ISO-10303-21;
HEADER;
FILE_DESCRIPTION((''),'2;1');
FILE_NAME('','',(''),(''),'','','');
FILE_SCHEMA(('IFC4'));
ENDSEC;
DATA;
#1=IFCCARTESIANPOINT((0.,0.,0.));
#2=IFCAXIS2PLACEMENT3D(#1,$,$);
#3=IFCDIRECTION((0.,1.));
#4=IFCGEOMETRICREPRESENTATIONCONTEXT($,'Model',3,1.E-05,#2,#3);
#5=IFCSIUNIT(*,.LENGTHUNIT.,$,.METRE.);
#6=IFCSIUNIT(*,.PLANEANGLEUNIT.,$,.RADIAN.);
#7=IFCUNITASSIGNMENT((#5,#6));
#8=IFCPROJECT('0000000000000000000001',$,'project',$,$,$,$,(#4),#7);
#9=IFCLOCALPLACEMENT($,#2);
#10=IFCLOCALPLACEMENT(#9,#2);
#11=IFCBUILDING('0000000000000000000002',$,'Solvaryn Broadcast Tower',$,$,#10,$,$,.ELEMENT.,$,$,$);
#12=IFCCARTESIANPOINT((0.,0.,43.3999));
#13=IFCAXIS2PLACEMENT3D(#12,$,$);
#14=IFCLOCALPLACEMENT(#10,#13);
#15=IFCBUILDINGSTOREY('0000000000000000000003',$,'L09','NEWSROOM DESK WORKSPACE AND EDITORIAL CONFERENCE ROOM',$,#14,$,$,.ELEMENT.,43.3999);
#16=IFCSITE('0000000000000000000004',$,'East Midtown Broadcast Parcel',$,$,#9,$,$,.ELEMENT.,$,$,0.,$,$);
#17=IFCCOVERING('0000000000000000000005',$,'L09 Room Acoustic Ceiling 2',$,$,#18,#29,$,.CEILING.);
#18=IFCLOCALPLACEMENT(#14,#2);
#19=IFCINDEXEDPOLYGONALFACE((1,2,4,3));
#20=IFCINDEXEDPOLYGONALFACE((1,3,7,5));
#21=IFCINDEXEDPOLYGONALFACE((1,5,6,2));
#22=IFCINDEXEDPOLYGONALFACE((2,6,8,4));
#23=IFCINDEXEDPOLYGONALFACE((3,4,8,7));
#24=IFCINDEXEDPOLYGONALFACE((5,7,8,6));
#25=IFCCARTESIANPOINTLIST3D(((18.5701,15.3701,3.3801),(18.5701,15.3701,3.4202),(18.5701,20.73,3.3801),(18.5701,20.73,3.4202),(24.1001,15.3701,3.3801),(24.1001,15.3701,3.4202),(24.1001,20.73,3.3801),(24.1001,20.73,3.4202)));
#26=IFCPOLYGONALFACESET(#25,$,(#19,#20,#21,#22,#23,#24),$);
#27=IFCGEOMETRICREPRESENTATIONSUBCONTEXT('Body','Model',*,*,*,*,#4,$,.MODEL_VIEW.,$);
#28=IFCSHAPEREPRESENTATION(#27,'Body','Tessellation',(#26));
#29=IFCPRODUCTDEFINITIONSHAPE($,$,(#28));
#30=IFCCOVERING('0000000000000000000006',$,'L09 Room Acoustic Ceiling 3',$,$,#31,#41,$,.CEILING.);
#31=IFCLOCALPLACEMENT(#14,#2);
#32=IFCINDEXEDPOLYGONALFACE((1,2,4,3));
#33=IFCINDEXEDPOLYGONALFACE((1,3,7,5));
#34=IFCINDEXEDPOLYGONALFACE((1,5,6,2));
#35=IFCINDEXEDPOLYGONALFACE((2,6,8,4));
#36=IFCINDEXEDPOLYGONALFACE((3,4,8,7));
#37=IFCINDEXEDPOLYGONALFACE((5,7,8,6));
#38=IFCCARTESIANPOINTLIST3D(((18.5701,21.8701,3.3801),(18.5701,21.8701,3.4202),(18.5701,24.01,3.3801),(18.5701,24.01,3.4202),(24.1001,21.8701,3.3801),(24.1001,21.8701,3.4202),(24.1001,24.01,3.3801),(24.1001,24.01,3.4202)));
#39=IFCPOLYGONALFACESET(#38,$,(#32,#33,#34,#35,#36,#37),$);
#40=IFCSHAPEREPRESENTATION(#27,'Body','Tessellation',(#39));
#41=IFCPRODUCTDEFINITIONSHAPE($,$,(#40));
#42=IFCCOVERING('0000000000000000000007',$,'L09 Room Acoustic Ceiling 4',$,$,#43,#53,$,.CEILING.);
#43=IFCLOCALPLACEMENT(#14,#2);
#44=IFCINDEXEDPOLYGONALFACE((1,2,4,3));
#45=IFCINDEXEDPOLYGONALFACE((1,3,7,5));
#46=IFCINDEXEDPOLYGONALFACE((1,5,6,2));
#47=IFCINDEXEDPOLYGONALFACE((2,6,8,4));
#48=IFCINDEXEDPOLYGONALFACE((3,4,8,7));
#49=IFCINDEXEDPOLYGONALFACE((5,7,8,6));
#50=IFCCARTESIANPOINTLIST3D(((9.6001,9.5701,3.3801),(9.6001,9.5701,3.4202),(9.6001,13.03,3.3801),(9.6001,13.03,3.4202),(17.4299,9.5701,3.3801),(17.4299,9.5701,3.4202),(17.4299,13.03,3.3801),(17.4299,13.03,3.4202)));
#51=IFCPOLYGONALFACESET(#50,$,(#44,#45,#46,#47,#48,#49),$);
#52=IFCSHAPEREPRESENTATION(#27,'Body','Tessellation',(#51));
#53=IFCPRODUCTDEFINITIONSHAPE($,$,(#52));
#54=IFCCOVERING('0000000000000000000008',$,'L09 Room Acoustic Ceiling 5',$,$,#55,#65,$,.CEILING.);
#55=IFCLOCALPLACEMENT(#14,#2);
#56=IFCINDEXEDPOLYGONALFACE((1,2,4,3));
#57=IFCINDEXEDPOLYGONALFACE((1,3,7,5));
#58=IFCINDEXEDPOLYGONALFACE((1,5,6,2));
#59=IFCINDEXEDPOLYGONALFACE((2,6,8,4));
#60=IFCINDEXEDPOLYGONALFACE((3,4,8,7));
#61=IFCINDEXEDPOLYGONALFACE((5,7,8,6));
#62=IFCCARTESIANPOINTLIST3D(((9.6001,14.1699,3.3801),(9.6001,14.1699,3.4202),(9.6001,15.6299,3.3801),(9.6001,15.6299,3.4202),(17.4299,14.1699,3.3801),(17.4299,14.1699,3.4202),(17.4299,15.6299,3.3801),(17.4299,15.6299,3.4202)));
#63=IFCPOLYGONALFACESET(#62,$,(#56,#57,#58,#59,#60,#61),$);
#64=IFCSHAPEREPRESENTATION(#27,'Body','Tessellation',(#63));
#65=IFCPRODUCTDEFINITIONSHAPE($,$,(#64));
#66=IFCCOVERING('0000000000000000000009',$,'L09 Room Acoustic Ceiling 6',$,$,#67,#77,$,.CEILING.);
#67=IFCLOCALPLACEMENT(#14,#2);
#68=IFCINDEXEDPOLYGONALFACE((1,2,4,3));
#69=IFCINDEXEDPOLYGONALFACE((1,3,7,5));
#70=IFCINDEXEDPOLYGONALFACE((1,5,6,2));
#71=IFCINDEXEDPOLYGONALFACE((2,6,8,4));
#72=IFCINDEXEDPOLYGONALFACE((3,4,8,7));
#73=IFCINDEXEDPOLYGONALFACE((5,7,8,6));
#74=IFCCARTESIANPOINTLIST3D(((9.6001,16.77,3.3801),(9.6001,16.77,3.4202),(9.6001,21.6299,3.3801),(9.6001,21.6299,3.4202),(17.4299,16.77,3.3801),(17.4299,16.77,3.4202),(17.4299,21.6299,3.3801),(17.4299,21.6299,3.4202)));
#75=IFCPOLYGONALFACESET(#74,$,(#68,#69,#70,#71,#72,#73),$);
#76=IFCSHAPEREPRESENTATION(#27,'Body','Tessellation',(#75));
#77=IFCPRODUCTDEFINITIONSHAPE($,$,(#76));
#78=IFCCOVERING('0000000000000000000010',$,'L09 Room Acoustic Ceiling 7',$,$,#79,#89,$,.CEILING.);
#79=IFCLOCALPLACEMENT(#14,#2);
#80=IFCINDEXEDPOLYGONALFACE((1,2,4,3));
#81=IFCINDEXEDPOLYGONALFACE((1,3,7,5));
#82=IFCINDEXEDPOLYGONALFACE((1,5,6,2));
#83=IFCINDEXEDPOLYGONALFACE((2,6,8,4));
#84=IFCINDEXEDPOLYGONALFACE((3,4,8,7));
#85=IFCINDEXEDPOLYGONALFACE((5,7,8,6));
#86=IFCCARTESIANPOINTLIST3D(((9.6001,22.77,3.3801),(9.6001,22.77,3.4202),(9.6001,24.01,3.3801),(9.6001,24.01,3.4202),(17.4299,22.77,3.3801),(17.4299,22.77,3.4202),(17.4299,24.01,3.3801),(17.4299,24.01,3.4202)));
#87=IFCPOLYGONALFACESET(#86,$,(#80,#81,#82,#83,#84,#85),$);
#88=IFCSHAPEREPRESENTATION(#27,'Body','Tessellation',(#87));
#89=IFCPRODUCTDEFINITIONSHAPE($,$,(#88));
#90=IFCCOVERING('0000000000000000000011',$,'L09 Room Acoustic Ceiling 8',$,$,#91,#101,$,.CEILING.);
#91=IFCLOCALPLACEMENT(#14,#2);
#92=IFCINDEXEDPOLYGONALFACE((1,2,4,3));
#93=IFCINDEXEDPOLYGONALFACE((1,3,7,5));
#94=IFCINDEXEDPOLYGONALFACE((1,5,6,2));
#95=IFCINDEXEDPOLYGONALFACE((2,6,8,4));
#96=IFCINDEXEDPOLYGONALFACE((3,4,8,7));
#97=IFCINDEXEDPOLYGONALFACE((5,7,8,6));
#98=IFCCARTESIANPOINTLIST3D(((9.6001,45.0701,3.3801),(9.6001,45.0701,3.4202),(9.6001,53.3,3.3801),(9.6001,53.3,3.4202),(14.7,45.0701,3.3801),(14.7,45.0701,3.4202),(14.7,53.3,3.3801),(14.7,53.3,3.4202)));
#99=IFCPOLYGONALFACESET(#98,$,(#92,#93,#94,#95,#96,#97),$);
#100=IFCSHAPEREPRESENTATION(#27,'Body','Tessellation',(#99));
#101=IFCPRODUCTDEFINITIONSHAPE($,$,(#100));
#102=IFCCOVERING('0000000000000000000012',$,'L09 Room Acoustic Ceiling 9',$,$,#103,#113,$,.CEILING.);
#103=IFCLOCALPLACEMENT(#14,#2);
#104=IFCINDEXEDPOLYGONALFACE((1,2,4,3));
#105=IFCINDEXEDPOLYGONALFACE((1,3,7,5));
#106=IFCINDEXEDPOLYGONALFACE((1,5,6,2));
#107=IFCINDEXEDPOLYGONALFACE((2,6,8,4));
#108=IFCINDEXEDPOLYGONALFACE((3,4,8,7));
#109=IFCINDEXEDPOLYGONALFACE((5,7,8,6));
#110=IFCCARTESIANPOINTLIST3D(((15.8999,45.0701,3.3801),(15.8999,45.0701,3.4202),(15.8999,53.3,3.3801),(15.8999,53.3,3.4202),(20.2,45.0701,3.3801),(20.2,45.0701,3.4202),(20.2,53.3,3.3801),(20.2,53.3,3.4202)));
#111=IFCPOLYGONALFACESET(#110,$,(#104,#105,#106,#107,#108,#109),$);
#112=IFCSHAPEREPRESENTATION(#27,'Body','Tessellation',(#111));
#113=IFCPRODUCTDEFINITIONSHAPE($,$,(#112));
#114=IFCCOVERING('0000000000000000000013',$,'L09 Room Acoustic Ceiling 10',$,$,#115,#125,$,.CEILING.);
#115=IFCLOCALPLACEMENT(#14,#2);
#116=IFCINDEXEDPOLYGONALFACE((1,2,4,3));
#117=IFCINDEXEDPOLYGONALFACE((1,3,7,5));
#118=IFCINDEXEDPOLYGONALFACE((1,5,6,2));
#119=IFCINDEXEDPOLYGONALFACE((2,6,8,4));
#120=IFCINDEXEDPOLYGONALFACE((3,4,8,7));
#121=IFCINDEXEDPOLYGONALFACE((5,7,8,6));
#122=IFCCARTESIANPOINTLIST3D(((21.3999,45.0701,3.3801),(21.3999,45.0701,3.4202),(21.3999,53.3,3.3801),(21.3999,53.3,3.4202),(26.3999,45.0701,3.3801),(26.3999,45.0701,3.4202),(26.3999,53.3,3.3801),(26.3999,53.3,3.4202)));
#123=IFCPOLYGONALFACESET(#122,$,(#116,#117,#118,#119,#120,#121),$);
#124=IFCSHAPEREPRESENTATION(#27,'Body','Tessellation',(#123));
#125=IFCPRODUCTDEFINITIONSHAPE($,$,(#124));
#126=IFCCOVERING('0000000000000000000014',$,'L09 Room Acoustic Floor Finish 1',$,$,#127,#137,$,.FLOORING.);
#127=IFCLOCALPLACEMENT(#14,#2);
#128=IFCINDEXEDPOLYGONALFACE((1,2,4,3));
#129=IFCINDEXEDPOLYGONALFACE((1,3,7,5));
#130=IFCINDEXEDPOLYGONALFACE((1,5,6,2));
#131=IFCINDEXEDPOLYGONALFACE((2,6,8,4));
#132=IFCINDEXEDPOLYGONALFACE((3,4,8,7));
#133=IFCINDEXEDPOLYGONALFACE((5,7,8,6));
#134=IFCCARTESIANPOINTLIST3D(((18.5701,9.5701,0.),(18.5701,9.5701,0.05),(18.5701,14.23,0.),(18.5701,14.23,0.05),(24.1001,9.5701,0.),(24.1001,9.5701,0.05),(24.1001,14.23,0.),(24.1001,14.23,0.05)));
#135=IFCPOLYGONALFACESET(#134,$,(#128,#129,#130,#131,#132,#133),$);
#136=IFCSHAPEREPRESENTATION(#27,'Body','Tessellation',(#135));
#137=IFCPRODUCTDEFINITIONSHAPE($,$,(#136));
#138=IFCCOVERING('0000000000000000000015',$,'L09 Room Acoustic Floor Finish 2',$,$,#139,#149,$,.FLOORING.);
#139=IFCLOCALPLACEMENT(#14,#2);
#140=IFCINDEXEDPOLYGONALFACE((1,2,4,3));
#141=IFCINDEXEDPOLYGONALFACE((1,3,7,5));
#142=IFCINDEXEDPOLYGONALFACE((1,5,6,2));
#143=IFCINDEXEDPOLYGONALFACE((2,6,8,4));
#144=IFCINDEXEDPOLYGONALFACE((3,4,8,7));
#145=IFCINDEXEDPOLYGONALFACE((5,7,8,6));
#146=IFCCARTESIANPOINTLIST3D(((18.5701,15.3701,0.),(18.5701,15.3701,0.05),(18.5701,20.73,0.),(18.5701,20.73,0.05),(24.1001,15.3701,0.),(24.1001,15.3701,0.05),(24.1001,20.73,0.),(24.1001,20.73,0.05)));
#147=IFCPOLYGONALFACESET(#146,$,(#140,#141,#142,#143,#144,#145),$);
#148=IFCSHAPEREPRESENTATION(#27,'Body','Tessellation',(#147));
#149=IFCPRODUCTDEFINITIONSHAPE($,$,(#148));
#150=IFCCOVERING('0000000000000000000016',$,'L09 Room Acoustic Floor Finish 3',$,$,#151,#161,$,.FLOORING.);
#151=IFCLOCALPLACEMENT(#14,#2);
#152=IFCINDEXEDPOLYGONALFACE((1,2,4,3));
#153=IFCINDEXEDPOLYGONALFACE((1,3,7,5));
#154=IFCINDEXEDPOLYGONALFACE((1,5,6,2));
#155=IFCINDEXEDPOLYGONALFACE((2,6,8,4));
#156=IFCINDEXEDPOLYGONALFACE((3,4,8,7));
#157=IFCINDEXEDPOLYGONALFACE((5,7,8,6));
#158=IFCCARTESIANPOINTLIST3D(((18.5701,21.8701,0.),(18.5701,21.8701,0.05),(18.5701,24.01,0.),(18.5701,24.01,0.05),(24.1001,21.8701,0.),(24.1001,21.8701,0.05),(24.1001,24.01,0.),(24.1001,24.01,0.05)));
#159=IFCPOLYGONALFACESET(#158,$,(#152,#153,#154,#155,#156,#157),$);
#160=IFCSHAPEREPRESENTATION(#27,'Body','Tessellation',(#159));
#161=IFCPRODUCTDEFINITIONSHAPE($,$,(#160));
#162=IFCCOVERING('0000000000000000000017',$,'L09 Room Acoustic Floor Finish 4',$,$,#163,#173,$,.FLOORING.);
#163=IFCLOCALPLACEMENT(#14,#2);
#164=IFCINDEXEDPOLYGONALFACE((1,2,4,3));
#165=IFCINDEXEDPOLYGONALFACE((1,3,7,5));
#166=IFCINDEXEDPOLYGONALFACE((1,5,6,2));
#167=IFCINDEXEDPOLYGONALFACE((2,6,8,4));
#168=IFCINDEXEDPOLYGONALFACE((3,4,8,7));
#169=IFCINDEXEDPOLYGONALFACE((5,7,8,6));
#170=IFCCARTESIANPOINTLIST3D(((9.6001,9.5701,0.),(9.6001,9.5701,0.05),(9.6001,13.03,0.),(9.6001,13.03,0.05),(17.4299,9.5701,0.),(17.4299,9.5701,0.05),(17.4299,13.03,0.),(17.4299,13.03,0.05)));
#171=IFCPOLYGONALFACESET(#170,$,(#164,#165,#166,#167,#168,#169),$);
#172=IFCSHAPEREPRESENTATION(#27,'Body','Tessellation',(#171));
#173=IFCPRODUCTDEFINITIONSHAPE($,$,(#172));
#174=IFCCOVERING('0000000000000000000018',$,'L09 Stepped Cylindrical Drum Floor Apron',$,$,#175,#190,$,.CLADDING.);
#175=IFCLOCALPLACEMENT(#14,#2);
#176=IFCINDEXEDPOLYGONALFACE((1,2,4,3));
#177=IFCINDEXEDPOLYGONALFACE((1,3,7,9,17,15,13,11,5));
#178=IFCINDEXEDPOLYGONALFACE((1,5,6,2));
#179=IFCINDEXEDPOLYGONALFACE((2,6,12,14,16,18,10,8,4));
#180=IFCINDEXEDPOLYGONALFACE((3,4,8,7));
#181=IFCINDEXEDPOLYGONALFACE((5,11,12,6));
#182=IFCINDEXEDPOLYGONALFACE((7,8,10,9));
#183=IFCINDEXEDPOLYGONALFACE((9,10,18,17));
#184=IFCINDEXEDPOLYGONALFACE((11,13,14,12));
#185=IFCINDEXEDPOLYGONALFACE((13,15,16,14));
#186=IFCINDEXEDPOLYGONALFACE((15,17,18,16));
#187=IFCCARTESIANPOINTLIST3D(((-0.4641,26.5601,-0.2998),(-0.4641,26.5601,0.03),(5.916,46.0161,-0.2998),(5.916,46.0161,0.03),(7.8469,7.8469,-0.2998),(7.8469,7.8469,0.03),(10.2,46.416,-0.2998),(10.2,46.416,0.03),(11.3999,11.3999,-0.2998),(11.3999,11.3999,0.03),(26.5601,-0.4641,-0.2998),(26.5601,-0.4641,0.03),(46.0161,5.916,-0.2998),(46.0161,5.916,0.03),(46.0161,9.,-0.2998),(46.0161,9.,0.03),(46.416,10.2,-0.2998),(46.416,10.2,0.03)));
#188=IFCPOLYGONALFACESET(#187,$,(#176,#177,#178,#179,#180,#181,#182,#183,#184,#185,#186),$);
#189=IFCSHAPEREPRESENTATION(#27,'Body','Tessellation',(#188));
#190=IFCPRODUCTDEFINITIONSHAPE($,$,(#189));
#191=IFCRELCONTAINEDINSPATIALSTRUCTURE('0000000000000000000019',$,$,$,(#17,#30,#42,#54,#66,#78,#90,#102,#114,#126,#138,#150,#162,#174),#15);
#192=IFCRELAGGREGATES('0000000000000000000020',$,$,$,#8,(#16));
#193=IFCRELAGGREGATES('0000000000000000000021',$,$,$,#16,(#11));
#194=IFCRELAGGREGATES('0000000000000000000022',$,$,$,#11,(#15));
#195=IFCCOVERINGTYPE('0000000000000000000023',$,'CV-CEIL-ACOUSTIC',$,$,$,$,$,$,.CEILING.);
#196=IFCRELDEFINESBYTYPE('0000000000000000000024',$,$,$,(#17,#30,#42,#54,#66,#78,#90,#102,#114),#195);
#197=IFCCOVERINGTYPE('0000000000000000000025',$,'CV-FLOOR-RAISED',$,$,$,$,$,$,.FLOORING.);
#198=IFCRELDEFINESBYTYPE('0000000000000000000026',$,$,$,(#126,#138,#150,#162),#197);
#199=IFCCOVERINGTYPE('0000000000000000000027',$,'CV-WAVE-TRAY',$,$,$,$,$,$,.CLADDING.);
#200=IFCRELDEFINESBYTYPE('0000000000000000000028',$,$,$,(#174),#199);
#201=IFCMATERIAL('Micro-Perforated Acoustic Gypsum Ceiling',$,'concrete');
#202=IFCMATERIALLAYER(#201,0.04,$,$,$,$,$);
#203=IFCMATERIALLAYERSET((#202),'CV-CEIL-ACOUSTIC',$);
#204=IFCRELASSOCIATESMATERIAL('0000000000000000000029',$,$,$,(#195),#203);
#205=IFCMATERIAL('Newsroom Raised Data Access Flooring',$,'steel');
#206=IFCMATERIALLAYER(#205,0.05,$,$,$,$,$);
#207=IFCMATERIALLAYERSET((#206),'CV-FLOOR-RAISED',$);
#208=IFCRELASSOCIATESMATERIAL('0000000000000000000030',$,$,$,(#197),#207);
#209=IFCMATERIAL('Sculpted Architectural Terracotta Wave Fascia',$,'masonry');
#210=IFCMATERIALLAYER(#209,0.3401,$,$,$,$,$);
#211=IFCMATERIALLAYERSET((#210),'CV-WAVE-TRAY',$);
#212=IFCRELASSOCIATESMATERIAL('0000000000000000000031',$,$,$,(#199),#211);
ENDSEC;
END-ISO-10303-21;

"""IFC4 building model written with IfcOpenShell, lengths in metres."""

from ifc_helpers import new_model, si_unit, direction, frame, origin, place, context, subcontext, project, spatial, polyline, outline, extrude, material, layer, layer_set, type_object, element, save


model = new_model("IFC4")

# Units and contexts
model_context = context("Model", 3, precision=1e-05, world=origin(), true_north=direction((0.0, 1.0)))
body_context = subcontext(model_context, "Body", "Model", "MODEL_VIEW")
ifc_project = project(units=[si_unit("LENGTHUNIT", "METRE"), si_unit("PLANEANGLEUNIT", "RADIAN")], contexts=[model_context])

# Site, building, storey
site_placement = place(None, origin())
site = spatial("IfcSite", under=ifc_project, at=site_placement, Name="East Midtown Broadcast Parcel", CompositionType="ELEMENT", RefElevation=0.0)
building_placement = place(site_placement, origin())
building = spatial("IfcBuilding", under=site, at=building_placement, Name="Solvaryn Broadcast Tower", CompositionType="ELEMENT")
storey_placement = place(building_placement, frame((0.0, 0.0, 43.3999)))
storey = spatial("IfcBuildingStorey", under=building, at=storey_placement, Name="L09", Description="NEWSROOM DESK WORKSPACE AND EDITORIAL CONFERENCE ROOM", CompositionType="ELEMENT", Elevation=43.3999)

# Coverings
ifc_material_1 = material(Name="Micro-Perforated Acoustic Gypsum Ceiling", Category="concrete")
ifc_layer_1 = layer(ifc_material_1, 0.04)
ifc_layer_set_1 = layer_set([ifc_layer_1], Name="CV-CEIL-ACOUSTIC")
covering_type_1 = type_object("IfcCoveringType", Name="CV-CEIL-ACOUSTIC", PredefinedType="CEILING", material=ifc_layer_set_1)
covering_1_placement = place(storey_placement, frame((0.0, 0.0, 3.3801)))
element("IfcCovering", 1, at=covering_1_placement, inside=storey, type_object=covering_type_1, Name="L09 Room Acoustic Ceiling 2", PredefinedType="CEILING", context=body_context, shape_type="SweptSolid", body=[
    extrude(outline(polyline([(18.5701, 15.3701), (24.1001, 15.3701), (24.1001, 20.73), (18.5701, 20.73), (18.5701, 15.3701)])), origin(), (0.0, 0.0, 1.0), 0.04),
])
covering_2_placement = place(storey_placement, frame((0.0, 0.0, 3.3801)))
element("IfcCovering", 2, at=covering_2_placement, inside=storey, type_object=covering_type_1, Name="L09 Room Acoustic Ceiling 3", PredefinedType="CEILING", context=body_context, shape_type="SweptSolid", body=[
    extrude(outline(polyline([(18.5701, 21.8701), (24.1001, 21.8701), (24.1001, 24.01), (18.5701, 24.01), (18.5701, 21.8701)])), origin(), (0.0, 0.0, 1.0), 0.04),
])
covering_3_placement = place(storey_placement, frame((0.0, 0.0, 3.3801)))
element("IfcCovering", 3, at=covering_3_placement, inside=storey, type_object=covering_type_1, Name="L09 Room Acoustic Ceiling 4", PredefinedType="CEILING", context=body_context, shape_type="SweptSolid", body=[
    extrude(outline(polyline([(9.6001, 9.5701), (17.4299, 9.5701), (17.4299, 13.03), (9.6001, 13.03), (9.6001, 9.5701)])), origin(), (0.0, 0.0, 1.0), 0.04),
])
covering_4_placement = place(storey_placement, frame((0.0, 0.0, 3.3801)))
element("IfcCovering", 4, at=covering_4_placement, inside=storey, type_object=covering_type_1, Name="L09 Room Acoustic Ceiling 5", PredefinedType="CEILING", context=body_context, shape_type="SweptSolid", body=[
    extrude(outline(polyline([(9.6001, 14.1699), (17.4299, 14.1699), (17.4299, 15.6299), (9.6001, 15.6299), (9.6001, 14.1699)])), origin(), (0.0, 0.0, 1.0), 0.04),
])
covering_5_placement = place(storey_placement, frame((0.0, 0.0, 3.3801)))
element("IfcCovering", 5, at=covering_5_placement, inside=storey, type_object=covering_type_1, Name="L09 Room Acoustic Ceiling 6", PredefinedType="CEILING", context=body_context, shape_type="SweptSolid", body=[
    extrude(outline(polyline([(9.6001, 16.77), (17.4299, 16.77), (17.4299, 21.6299), (9.6001, 21.6299), (9.6001, 16.77)])), origin(), (0.0, 0.0, 1.0), 0.04),
])
covering_6_placement = place(storey_placement, frame((0.0, 0.0, 3.3801)))
element("IfcCovering", 6, at=covering_6_placement, inside=storey, type_object=covering_type_1, Name="L09 Room Acoustic Ceiling 7", PredefinedType="CEILING", context=body_context, shape_type="SweptSolid", body=[
    extrude(outline(polyline([(9.6001, 22.77), (17.4299, 22.77), (17.4299, 24.01), (9.6001, 24.01), (9.6001, 22.77)])), origin(), (0.0, 0.0, 1.0), 0.04),
])
covering_7_placement = place(storey_placement, frame((0.0, 0.0, 3.3801)))
element("IfcCovering", 7, at=covering_7_placement, inside=storey, type_object=covering_type_1, Name="L09 Room Acoustic Ceiling 8", PredefinedType="CEILING", context=body_context, shape_type="SweptSolid", body=[
    extrude(outline(polyline([(9.6001, 45.0701), (14.7, 45.0701), (14.7, 53.3), (9.6001, 53.3), (9.6001, 45.0701)])), origin(), (0.0, 0.0, 1.0), 0.04),
])
covering_8_placement = place(storey_placement, frame((0.0, 0.0, 3.3801)))
element("IfcCovering", 8, at=covering_8_placement, inside=storey, type_object=covering_type_1, Name="L09 Room Acoustic Ceiling 9", PredefinedType="CEILING", context=body_context, shape_type="SweptSolid", body=[
    extrude(outline(polyline([(15.8999, 45.0701), (20.2, 45.0701), (20.2, 53.3), (15.8999, 53.3), (15.8999, 45.0701)])), origin(), (0.0, 0.0, 1.0), 0.04),
])
covering_9_placement = place(storey_placement, frame((0.0, 0.0, 3.3801)))
element("IfcCovering", 9, at=covering_9_placement, inside=storey, type_object=covering_type_1, Name="L09 Room Acoustic Ceiling 10", PredefinedType="CEILING", context=body_context, shape_type="SweptSolid", body=[
    extrude(outline(polyline([(21.3999, 45.0701), (26.3999, 45.0701), (26.3999, 53.3), (21.3999, 53.3), (21.3999, 45.0701)])), origin(), (0.0, 0.0, 1.0), 0.04),
])
ifc_material_2 = material(Name="Newsroom Raised Data Access Flooring", Category="steel")
ifc_layer_2 = layer(ifc_material_2, 0.05)
ifc_layer_set_2 = layer_set([ifc_layer_2], Name="CV-FLOOR-RAISED")
covering_type_2 = type_object("IfcCoveringType", Name="CV-FLOOR-RAISED", PredefinedType="FLOORING", material=ifc_layer_set_2)
covering_10_placement = place(storey_placement, origin())
element("IfcCovering", 10, at=covering_10_placement, inside=storey, type_object=covering_type_2, Name="L09 Room Acoustic Floor Finish 1", PredefinedType="FLOORING", context=body_context, shape_type="SweptSolid", body=[
    extrude(outline(polyline([(18.5701, 9.5701), (24.1001, 9.5701), (24.1001, 14.23), (18.5701, 14.23), (18.5701, 9.5701)])), origin(), (0.0, 0.0, 1.0), 0.05),
])
covering_11_placement = place(storey_placement, origin())
element("IfcCovering", 11, at=covering_11_placement, inside=storey, type_object=covering_type_2, Name="L09 Room Acoustic Floor Finish 2", PredefinedType="FLOORING", context=body_context, shape_type="SweptSolid", body=[
    extrude(outline(polyline([(18.5701, 15.3701), (24.1001, 15.3701), (24.1001, 20.73), (18.5701, 20.73), (18.5701, 15.3701)])), origin(), (0.0, 0.0, 1.0), 0.05),
])
covering_12_placement = place(storey_placement, origin())
element("IfcCovering", 12, at=covering_12_placement, inside=storey, type_object=covering_type_2, Name="L09 Room Acoustic Floor Finish 3", PredefinedType="FLOORING", context=body_context, shape_type="SweptSolid", body=[
    extrude(outline(polyline([(18.5701, 21.8701), (24.1001, 21.8701), (24.1001, 24.01), (18.5701, 24.01), (18.5701, 21.8701)])), origin(), (0.0, 0.0, 1.0), 0.05),
])
covering_13_placement = place(storey_placement, origin())
element("IfcCovering", 13, at=covering_13_placement, inside=storey, type_object=covering_type_2, Name="L09 Room Acoustic Floor Finish 4", PredefinedType="FLOORING", context=body_context, shape_type="SweptSolid", body=[
    extrude(outline(polyline([(9.6001, 9.5701), (17.4299, 9.5701), (17.4299, 13.03), (9.6001, 13.03), (9.6001, 9.5701)])), origin(), (0.0, 0.0, 1.0), 0.05),
])
ifc_material_3 = material(Name="Sculpted Architectural Terracotta Wave Fascia", Category="masonry")
ifc_layer_3 = layer(ifc_material_3, 0.3401)
ifc_layer_set_3 = layer_set([ifc_layer_3], Name="CV-WAVE-TRAY")
covering_type_3 = type_object("IfcCoveringType", Name="CV-WAVE-TRAY", PredefinedType="CLADDING", material=ifc_layer_set_3)
covering_14_placement = place(storey_placement, frame((0.0, 0.0, -0.2998)))
element("IfcCovering", 14, at=covering_14_placement, inside=storey, type_object=covering_type_3, Name="L09 Stepped Cylindrical Drum Floor Apron", PredefinedType="CLADDING", context=body_context, shape_type="SweptSolid", body=[
    extrude(outline(polyline([(10.2, 46.416), (5.916, 46.0161), (-0.4641, 26.5601), (7.8469, 7.8469), (26.5601, -0.4641), (46.0161, 5.916), (46.0161, 9.0), (46.416, 10.2), (11.3999, 11.3999), (10.2, 46.416)])), origin(), (0.0, 0.0, 1.0), 0.3298),
])

save(model, "model.ifc")
